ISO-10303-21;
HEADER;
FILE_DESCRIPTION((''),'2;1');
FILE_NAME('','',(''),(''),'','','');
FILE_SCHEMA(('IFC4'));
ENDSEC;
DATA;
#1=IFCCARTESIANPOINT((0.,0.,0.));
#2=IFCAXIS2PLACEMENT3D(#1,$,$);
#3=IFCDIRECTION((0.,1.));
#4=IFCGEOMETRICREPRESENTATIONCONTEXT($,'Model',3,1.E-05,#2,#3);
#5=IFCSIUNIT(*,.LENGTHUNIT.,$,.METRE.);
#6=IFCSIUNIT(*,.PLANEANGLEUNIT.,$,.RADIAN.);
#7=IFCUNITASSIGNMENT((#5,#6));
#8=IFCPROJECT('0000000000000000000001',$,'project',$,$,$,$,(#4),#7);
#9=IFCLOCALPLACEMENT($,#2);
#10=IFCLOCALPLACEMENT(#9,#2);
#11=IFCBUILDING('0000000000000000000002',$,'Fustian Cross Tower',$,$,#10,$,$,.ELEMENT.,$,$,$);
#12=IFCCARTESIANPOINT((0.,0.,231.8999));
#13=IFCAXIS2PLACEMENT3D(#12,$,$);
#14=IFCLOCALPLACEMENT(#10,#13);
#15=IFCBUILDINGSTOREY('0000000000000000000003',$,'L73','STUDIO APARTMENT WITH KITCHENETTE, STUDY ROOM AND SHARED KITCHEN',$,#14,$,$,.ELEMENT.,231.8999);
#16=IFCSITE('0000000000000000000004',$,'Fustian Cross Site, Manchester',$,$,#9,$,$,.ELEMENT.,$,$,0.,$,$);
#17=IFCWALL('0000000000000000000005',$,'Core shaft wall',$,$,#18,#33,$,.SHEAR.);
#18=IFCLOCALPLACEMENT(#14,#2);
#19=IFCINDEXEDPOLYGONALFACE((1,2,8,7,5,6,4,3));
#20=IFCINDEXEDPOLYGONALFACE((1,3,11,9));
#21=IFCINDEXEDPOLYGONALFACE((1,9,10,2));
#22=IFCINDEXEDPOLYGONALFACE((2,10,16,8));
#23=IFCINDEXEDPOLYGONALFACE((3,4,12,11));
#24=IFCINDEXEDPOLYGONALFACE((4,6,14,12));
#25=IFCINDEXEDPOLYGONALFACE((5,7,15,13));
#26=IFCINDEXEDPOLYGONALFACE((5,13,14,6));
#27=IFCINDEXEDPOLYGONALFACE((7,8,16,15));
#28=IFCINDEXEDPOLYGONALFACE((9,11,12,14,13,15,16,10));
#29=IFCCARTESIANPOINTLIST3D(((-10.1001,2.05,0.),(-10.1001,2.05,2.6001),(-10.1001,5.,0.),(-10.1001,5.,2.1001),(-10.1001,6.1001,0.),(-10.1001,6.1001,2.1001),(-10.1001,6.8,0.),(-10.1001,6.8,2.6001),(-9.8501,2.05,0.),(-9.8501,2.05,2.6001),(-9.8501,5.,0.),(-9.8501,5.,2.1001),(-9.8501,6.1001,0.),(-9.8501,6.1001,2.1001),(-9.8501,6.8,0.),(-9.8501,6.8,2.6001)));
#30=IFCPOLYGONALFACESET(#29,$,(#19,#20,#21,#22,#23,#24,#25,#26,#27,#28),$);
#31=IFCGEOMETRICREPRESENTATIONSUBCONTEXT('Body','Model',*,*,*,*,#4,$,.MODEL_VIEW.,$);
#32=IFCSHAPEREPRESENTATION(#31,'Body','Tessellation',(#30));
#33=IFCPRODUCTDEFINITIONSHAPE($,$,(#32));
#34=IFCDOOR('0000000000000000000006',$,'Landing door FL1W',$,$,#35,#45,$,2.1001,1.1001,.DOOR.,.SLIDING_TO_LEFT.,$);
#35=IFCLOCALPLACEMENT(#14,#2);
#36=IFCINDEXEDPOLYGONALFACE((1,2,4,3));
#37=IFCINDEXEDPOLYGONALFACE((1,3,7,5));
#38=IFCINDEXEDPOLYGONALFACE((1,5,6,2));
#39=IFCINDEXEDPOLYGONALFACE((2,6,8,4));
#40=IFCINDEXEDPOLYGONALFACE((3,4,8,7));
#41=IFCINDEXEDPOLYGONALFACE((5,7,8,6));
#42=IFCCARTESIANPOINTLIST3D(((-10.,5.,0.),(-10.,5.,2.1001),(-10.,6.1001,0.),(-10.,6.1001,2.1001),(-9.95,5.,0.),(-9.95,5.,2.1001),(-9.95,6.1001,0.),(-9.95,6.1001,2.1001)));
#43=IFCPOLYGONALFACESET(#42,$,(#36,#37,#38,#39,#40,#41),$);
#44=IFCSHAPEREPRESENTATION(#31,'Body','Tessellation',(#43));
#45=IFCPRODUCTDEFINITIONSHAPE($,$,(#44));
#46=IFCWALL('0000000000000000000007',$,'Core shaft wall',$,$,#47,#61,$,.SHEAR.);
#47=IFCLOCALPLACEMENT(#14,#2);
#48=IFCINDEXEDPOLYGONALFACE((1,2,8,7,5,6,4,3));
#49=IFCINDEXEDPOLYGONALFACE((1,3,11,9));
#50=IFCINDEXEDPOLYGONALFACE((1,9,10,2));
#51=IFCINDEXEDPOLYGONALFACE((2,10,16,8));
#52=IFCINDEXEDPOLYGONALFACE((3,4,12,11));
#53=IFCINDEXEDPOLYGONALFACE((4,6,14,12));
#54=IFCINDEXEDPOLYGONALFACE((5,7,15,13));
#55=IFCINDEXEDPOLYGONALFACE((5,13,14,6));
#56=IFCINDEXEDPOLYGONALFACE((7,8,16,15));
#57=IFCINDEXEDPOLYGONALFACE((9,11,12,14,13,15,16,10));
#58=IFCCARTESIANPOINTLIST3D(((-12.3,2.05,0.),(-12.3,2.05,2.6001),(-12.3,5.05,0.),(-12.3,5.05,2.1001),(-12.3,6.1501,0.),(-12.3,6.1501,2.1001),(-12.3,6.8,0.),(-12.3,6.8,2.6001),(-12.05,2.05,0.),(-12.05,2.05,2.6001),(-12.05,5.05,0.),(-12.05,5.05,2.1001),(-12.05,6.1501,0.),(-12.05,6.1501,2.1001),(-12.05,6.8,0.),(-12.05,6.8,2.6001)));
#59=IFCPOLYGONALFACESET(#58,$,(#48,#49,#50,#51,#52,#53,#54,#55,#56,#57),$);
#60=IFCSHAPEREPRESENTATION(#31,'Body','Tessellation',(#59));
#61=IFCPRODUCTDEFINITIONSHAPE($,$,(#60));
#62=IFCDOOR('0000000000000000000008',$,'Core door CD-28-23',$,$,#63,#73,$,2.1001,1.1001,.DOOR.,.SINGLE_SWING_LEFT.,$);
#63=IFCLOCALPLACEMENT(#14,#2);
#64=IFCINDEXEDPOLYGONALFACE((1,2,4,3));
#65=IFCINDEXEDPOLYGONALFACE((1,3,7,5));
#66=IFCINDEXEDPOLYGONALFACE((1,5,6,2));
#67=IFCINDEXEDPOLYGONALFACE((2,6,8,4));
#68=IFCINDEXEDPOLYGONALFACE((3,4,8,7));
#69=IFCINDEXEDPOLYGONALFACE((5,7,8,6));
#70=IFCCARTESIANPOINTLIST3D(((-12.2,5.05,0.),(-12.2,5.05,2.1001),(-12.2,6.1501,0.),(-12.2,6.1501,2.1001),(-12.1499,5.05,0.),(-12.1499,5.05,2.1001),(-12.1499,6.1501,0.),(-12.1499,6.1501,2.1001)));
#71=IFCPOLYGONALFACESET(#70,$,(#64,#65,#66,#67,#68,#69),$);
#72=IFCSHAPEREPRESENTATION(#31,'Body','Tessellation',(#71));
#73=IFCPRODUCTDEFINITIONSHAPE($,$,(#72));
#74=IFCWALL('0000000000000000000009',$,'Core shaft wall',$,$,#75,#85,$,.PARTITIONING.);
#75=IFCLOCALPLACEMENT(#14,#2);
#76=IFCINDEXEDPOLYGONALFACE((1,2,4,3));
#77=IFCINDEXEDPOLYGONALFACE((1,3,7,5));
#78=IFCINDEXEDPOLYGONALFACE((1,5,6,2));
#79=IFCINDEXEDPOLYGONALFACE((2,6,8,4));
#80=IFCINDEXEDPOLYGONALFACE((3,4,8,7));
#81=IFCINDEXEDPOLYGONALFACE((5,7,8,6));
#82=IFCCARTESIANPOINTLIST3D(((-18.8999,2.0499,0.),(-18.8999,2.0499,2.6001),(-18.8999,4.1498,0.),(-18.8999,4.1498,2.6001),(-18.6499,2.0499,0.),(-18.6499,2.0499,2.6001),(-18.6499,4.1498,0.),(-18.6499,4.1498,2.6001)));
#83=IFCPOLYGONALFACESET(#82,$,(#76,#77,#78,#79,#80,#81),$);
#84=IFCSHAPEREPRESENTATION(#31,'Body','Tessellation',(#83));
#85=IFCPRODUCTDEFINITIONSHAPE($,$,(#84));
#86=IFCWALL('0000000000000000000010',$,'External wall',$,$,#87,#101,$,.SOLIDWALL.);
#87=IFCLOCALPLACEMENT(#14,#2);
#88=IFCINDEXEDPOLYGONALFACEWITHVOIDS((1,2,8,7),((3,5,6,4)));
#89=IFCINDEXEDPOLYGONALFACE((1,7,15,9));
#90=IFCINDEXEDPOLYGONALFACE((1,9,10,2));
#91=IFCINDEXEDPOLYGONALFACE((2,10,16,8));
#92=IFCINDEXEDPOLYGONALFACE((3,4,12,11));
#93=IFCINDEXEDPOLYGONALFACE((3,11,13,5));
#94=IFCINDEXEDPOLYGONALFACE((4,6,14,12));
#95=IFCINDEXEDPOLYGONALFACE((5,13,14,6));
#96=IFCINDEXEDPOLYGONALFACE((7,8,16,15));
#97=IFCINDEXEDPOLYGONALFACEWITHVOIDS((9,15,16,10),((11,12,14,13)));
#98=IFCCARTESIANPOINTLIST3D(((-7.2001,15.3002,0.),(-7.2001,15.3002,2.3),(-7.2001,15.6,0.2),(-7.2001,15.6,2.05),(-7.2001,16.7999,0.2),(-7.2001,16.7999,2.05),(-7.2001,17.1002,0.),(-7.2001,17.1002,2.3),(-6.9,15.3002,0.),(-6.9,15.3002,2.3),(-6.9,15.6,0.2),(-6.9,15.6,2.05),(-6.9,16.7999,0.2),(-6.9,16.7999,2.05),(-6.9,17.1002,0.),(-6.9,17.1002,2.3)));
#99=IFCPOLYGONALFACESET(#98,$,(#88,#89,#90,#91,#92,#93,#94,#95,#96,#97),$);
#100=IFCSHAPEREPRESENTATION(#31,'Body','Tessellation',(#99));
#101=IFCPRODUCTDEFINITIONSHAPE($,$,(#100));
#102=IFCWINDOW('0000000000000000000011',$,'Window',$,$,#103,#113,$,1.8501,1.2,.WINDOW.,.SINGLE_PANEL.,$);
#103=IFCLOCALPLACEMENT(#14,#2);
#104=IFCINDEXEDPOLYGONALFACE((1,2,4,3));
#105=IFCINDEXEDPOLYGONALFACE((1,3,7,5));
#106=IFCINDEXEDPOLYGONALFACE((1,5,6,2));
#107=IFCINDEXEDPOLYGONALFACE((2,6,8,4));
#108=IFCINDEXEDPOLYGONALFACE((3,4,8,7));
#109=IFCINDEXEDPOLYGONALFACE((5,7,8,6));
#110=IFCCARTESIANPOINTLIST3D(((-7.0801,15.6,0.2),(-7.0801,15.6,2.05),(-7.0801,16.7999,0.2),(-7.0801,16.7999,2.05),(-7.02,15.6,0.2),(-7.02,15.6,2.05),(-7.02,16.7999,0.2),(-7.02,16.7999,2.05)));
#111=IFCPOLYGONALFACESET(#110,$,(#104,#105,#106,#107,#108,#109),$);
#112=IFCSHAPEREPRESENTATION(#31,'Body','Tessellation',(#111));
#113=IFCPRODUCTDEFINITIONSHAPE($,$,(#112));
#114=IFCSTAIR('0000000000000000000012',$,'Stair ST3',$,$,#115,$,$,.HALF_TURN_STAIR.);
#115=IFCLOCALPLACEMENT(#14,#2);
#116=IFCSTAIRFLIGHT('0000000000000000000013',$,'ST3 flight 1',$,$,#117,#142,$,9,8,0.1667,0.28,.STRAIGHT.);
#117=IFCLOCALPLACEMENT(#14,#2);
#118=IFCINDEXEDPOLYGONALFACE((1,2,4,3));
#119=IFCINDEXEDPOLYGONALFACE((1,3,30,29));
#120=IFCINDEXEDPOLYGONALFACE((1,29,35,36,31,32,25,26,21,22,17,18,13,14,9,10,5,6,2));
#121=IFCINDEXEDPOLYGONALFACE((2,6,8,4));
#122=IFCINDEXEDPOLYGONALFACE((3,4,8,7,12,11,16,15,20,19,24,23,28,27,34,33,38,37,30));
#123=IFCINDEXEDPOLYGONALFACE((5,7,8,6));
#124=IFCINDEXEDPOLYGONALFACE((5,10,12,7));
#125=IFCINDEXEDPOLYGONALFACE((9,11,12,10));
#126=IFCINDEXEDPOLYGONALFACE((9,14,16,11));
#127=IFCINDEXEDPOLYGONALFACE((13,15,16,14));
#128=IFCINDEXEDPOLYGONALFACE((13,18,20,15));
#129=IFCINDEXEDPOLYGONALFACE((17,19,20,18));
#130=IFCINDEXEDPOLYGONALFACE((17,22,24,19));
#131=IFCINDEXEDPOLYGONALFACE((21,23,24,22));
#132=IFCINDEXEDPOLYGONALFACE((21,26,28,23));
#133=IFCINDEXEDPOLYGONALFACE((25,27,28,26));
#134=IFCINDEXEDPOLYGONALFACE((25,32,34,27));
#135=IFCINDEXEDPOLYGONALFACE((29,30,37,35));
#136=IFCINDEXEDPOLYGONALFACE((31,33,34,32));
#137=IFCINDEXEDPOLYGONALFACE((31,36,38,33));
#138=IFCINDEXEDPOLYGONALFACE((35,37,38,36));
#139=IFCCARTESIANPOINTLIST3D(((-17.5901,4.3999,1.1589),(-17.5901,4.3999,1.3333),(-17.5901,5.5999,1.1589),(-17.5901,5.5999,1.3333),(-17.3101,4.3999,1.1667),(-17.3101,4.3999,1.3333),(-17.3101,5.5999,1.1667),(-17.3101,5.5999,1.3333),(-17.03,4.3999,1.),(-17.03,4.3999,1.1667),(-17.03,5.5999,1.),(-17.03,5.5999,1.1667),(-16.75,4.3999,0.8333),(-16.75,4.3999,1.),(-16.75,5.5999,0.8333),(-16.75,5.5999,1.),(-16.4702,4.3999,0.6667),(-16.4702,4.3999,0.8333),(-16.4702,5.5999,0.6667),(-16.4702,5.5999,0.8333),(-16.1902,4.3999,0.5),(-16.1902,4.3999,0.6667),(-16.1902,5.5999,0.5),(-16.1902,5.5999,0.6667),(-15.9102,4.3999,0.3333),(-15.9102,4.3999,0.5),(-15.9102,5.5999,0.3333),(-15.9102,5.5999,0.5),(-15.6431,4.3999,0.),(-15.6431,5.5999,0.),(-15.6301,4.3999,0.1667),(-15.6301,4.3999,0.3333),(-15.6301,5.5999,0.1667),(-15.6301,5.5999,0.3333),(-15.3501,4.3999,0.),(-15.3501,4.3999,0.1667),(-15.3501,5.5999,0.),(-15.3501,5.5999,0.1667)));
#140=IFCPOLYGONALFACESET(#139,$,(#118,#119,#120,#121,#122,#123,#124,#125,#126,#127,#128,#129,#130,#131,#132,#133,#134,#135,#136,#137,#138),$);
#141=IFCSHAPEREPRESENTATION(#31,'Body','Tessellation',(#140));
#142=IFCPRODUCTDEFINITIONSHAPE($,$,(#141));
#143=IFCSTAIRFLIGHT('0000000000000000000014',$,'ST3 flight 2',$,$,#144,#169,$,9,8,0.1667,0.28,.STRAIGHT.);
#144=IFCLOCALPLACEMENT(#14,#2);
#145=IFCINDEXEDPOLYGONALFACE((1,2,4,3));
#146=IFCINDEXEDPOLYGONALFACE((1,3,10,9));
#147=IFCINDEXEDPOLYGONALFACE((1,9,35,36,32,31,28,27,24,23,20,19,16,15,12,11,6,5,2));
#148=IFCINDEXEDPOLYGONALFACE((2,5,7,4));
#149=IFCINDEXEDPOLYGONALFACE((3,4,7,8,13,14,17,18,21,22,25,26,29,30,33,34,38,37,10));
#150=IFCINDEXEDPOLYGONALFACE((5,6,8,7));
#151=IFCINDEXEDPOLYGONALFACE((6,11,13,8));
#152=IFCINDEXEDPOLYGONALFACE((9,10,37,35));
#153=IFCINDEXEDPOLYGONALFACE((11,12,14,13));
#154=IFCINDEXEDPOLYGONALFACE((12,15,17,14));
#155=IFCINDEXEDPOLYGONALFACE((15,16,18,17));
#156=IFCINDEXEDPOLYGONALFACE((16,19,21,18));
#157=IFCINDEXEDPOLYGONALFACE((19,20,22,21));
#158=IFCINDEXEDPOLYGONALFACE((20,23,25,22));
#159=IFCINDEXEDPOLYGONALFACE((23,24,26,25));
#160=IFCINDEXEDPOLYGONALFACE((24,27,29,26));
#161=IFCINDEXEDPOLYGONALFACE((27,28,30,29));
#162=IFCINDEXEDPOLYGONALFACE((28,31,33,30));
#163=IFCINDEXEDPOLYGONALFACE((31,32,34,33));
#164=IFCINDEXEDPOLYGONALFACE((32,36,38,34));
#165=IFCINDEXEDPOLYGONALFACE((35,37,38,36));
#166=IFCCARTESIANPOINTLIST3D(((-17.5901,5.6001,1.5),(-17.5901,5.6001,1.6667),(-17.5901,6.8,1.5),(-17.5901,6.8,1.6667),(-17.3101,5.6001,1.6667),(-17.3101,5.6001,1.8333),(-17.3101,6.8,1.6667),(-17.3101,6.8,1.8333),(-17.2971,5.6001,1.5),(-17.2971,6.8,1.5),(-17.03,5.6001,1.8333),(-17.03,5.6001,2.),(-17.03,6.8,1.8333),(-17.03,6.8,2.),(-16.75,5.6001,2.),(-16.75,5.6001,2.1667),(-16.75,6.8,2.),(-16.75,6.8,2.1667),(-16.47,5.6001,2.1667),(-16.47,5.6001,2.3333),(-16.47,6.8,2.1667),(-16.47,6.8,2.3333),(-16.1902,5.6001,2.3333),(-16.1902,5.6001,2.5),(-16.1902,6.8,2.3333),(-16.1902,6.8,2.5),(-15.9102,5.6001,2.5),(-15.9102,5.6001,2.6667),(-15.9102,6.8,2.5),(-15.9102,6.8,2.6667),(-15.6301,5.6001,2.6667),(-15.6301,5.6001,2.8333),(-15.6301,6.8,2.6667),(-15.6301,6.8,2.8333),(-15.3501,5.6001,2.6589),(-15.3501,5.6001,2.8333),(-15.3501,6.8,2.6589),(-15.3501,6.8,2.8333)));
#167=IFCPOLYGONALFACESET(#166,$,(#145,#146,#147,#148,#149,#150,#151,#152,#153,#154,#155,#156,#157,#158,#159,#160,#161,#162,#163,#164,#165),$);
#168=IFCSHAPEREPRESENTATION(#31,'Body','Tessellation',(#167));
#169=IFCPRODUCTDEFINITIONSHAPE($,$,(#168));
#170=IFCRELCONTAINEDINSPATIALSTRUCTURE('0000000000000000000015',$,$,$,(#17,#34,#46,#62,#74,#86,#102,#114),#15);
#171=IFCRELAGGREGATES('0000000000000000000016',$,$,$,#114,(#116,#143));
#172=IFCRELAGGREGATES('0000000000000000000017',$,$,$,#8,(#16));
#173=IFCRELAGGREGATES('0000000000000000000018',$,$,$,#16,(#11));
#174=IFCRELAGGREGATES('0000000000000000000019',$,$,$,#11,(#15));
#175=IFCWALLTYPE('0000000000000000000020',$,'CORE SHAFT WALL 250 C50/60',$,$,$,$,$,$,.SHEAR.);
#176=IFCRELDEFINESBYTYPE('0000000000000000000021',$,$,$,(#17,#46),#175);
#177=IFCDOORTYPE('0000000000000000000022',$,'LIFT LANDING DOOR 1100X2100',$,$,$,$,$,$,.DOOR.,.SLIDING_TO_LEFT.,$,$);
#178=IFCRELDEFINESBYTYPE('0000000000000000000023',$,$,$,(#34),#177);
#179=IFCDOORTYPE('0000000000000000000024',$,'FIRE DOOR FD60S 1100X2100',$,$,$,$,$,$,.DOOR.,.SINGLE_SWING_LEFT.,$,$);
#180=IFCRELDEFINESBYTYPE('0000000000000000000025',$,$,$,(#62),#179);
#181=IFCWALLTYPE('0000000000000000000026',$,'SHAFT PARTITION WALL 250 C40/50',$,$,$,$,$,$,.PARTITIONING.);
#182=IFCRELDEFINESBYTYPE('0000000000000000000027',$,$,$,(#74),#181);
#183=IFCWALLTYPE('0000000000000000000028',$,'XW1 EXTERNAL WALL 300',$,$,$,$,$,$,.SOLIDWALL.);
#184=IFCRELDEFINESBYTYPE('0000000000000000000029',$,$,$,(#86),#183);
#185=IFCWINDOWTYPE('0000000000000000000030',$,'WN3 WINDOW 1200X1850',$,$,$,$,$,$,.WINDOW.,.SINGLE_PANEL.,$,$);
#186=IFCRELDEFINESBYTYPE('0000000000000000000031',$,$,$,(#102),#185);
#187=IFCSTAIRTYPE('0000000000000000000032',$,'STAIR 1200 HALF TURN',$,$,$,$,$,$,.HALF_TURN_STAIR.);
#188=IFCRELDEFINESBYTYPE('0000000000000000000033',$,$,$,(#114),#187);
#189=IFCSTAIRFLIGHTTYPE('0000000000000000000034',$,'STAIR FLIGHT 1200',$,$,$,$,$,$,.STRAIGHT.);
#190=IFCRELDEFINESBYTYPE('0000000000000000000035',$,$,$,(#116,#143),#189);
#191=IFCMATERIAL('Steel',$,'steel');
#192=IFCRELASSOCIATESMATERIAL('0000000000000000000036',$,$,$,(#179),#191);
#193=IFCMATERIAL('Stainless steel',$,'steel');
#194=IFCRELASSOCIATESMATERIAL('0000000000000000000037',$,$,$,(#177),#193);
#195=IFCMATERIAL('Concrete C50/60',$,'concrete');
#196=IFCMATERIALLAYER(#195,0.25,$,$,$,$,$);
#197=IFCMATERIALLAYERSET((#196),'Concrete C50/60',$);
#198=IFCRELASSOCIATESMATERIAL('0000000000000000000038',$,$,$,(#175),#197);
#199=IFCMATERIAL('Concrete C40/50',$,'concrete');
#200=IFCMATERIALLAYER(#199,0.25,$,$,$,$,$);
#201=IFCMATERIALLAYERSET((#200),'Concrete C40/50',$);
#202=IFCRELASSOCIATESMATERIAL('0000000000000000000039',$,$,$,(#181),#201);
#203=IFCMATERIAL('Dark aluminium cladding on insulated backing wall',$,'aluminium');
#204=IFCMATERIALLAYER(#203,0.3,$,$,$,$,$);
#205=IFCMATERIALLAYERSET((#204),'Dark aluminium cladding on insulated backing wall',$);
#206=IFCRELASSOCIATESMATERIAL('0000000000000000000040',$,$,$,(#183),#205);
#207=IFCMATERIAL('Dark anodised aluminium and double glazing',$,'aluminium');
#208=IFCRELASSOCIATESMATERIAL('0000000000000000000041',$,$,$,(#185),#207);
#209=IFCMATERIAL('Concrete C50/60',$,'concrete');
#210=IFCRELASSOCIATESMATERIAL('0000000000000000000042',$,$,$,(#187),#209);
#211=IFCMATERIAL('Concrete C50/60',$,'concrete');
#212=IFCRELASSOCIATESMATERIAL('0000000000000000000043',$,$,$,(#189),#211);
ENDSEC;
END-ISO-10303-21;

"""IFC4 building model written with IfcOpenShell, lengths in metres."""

from ifc_helpers import new_model, si_unit, direction, frame, frame_2d, origin, place, context, subcontext, project, spatial, polyline, rectangle, outline, extrude, material, layer, layer_set, type_object, element, fill, aggregate, save


model = new_model("IFC4")

# Units and contexts
model_context = context("Model", 3, precision=1e-05, world=origin(), true_north=direction((0.0, 1.0)))
body_context = subcontext(model_context, "Body", "Model", "MODEL_VIEW")
ifc_project = project(units=[si_unit("LENGTHUNIT", "METRE"), si_unit("PLANEANGLEUNIT", "RADIAN")], contexts=[model_context])

# Site, building, storey
site_placement = place(None, origin())
site = spatial("IfcSite", under=ifc_project, at=site_placement, Name="Fustian Cross Site, Manchester", CompositionType="ELEMENT", RefElevation=0.0)
building_placement = place(site_placement, origin())
building = spatial("IfcBuilding", under=site, at=building_placement, Name="Fustian Cross Tower", CompositionType="ELEMENT")
storey_placement = place(building_placement, frame((0.0, 0.0, 231.8999)))
storey = spatial("IfcBuildingStorey", under=building, at=storey_placement, Name="L73", Description="STUDIO APARTMENT WITH KITCHENETTE, STUDY ROOM AND SHARED KITCHEN", CompositionType="ELEMENT", Elevation=231.8999)

# Shared definitions
ifc_material_1 = material(Name="Steel", Category="steel")
door_type_1 = type_object("IfcDoorType", Name="FIRE DOOR FD60S 1100X2100", OperationType="SINGLE_SWING_LEFT", PredefinedType="DOOR", material=ifc_material_1)
ifc_material_2 = material(Name="Stainless steel", Category="steel")
door_type_2 = type_object("IfcDoorType", Name="LIFT LANDING DOOR 1100X2100", OperationType="SLIDING_TO_LEFT", PredefinedType="DOOR", material=ifc_material_2)

# Shared definitions
ifc_material_3 = material(Name="Concrete C50/60", Category="concrete")
ifc_layer_1 = layer(ifc_material_3, 0.25)
ifc_layer_set_1 = layer_set([ifc_layer_1], Name="Concrete C50/60")
wall_type_1 = type_object("IfcWallType", Name="CORE SHAFT WALL 250 C50/60", PredefinedType="SHEAR", material=ifc_layer_set_1)

# Walls, openings, doors
wall_1_placement = place(storey_placement, frame((-9.9751, 2.05, 0.0), z_axis=(0.0, 0.0, 1.0), x_axis=(0.0, 1.0, 0.0)))
wall_1 = element("IfcWall", 1, at=wall_1_placement, inside=storey, type_object=wall_type_1, Name="Core shaft wall", PredefinedType="SHEAR", context=body_context, shape_type="SweptSolid", body=[
    extrude(rectangle(XDim=4.75, YDim=0.25, at=frame_2d((2.375, 0.0))), origin(), (0.0, 0.0, 1.0), 2.6001),
])
opening_1_placement = place(wall_1_placement, frame((2.95, 0.0, 0.0)))
opening_1 = element("IfcOpeningElement", 2, at=opening_1_placement, cuts=wall_1, PredefinedType="OPENING", context=body_context, shape_type="SweptSolid", body=[
    extrude(rectangle(XDim=1.1001, YDim=2.1001, at=frame_2d((0.55, 1.05))), frame((0.0, 0.135, 0.0), z_axis=(0.0, -1.0, 0.0), x_axis=(1.0, 0.0, 0.0)), (0.0, 0.0, 1.0), 0.27),
])
door_1_placement = place(opening_1_placement, origin())
door_1 = element("IfcDoor", 3, at=door_1_placement, inside=storey, type_object=door_type_2, Name="Landing door FL1W", OperationType="SLIDING_TO_LEFT", OverallHeight=2.1001, OverallWidth=1.1001, PredefinedType="DOOR", context=body_context, shape_type="SweptSolid", body=[
    extrude(rectangle(XDim=1.1001, YDim=2.1001, at=frame_2d((0.55, 1.05))), frame((0.0, 0.0249, 0.0), z_axis=(0.0, -1.0, 0.0), x_axis=(1.0, 0.0, 0.0)), (0.0, 0.0, 1.0), 0.05),
])
fill(opening_1, door_1)
wall_2_placement = place(storey_placement, frame((-12.175, 2.05, 0.0), z_axis=(0.0, 0.0, 1.0), x_axis=(0.0, 1.0, 0.0)))
wall_2 = element("IfcWall", 4, at=wall_2_placement, inside=storey, type_object=wall_type_1, Name="Core shaft wall", PredefinedType="SHEAR", context=body_context, shape_type="SweptSolid", body=[
    extrude(rectangle(XDim=4.75, YDim=0.25, at=frame_2d((2.375, 0.0))), origin(), (0.0, 0.0, 1.0), 2.6001),
])
opening_2_placement = place(wall_2_placement, frame((3.0, 0.0, 0.0)))
opening_2 = element("IfcOpeningElement", 5, at=opening_2_placement, cuts=wall_2, PredefinedType="OPENING", context=body_context, shape_type="SweptSolid", body=[
    extrude(rectangle(XDim=1.1001, YDim=2.1001, at=frame_2d((0.55, 1.05))), frame((0.0, 0.135, 0.0), z_axis=(0.0, -1.0, 0.0), x_axis=(1.0, 0.0, 0.0)), (0.0, 0.0, 1.0), 0.27),
])
door_2_placement = place(opening_2_placement, origin())
door_2 = element("IfcDoor", 6, at=door_2_placement, inside=storey, type_object=door_type_1, Name="Core door CD-28-23", OperationType="SINGLE_SWING_LEFT", OverallHeight=2.1001, OverallWidth=1.1001, PredefinedType="DOOR", context=body_context, shape_type="SweptSolid", body=[
    extrude(rectangle(XDim=1.1001, YDim=2.1001, at=frame_2d((0.55, 1.05))), frame((0.0, 0.0249, 0.0), z_axis=(0.0, -1.0, 0.0), x_axis=(1.0, 0.0, 0.0)), (0.0, 0.0, 1.0), 0.05),
])
fill(opening_2, door_2)

# Wall
ifc_material_4 = material(Name="Concrete C40/50", Category="concrete")
ifc_layer_2 = layer(ifc_material_4, 0.25)
ifc_layer_set_2 = layer_set([ifc_layer_2], Name="Concrete C40/50")
wall_type_2 = type_object("IfcWallType", Name="SHAFT PARTITION WALL 250 C40/50", PredefinedType="PARTITIONING", material=ifc_layer_set_2)
wall_3_placement = place(storey_placement, frame((-18.7749, 2.05, 0.0), z_axis=(0.0, 0.0, 1.0), x_axis=(0.0, 1.0, 0.0)))
element("IfcWall", 7, at=wall_3_placement, inside=storey, type_object=wall_type_2, Name="Core shaft wall", PredefinedType="PARTITIONING", context=body_context, shape_type="SweptSolid", body=[
    extrude(rectangle(XDim=2.0999, YDim=0.25, at=frame_2d((1.0498, 0.0))), origin(), (0.0, 0.0, 1.0), 2.6001),
])

# Wall, opening, window
ifc_material_5 = material(Name="Dark aluminium cladding on insulated backing wall", Category="aluminium")
ifc_layer_3 = layer(ifc_material_5, 0.3)
ifc_layer_set_3 = layer_set([ifc_layer_3], Name="Dark aluminium cladding on insulated backing wall")
wall_type_3 = type_object("IfcWallType", Name="XW1 EXTERNAL WALL 300", PredefinedType="SOLIDWALL", material=ifc_layer_set_3)
wall_4_placement = place(storey_placement, frame((-7.05, 17.1001, 0.0), z_axis=(0.0, 0.0, 1.0), x_axis=(0.0, -1.0, 0.0)))
wall_4 = element("IfcWall", 8, at=wall_4_placement, inside=storey, type_object=wall_type_3, Name="External wall", PredefinedType="SOLIDWALL", context=body_context, shape_type="SweptSolid", body=[
    extrude(rectangle(XDim=1.8, YDim=0.3, at=frame_2d((0.8999, 0.0))), origin(), (0.0, 0.0, 1.0), 2.3),
])
opening_3_placement = place(wall_4_placement, frame((0.3, 0.0, 0.2)))
opening_3 = element("IfcOpeningElement", 9, at=opening_3_placement, cuts=wall_4, PredefinedType="OPENING", context=body_context, shape_type="SweptSolid", body=[
    extrude(rectangle(XDim=1.2, YDim=1.8501, at=frame_2d((0.6001, 0.925))), frame((0.0, 0.1599, 0.0), z_axis=(0.0, -1.0, 0.0), x_axis=(1.0, 0.0, 0.0)), (0.0, 0.0, 1.0), 0.3201),
])
ifc_material_6 = material(Name="Dark anodised aluminium and double glazing", Category="aluminium")
window_type = type_object("IfcWindowType", Name="WN3 WINDOW 1200X1850", PartitioningType="SINGLE_PANEL", PredefinedType="WINDOW", material=ifc_material_6)
window_placement = place(opening_3_placement, origin())
window = element("IfcWindow", 10, at=window_placement, inside=storey, type_object=window_type, Name="Window", OverallHeight=1.8501, OverallWidth=1.2, PartitioningType="SINGLE_PANEL", PredefinedType="WINDOW", context=body_context, shape_type="SweptSolid", body=[
    extrude(rectangle(XDim=1.2, YDim=1.8501, at=frame_2d((0.6001, 0.925))), frame((0.0, 0.03, 0.0), z_axis=(0.0, -1.0, 0.0), x_axis=(1.0, 0.0, 0.0)), (0.0, 0.0, 1.0), 0.0601),
])
fill(opening_3, window)

# Stair, stair flights
ifc_material_7 = material(Name="Concrete C50/60", Category="concrete")
stair_type = type_object("IfcStairType", Name="STAIR 1200 HALF TURN", PredefinedType="HALF_TURN_STAIR", material=ifc_material_7)
stair_placement = place(storey_placement, origin())
stair = element("IfcStair", 11, at=stair_placement, inside=storey, type_object=stair_type, Name="Stair ST3", PredefinedType="HALF_TURN_STAIR")
ifc_material_8 = material(Name="Concrete C50/60", Category="concrete")
stair_flight_type = type_object("IfcStairFlightType", Name="STAIR FLIGHT 1200", PredefinedType="STRAIGHT", material=ifc_material_8)
stair_flight_1_placement = place(storey_placement, frame((-15.3501, 5.0, 0.0), z_axis=(0.0, 0.0, 1.0), x_axis=(-1.0, 0.0, 0.0)))
stair_flight_1 = element("IfcStairFlight", 12, at=stair_flight_1_placement, type_object=stair_flight_type, Name="ST3 flight 1", NumberOfRisers=9, NumberOfTreads=8, PredefinedType="STRAIGHT", RiserHeight=0.1667, TreadLength=0.28, context=body_context, shape_type="SweptSolid", body=[
    extrude(outline(polyline([(0.0, 0.0), (0.0, 0.1667), (0.28, 0.1667), (0.28, 0.3333), (0.5601, 0.3333), (0.5601, 0.5), (0.8401, 0.5), (0.8401, 0.6667), (1.1201, 0.6667), (1.1201, 0.8333), (1.3999, 0.8333), (1.3999, 1.0), (1.6799, 1.0), (1.6799, 1.1667), (1.96, 1.1667), (1.96, 1.3333), (2.24, 1.3333), (2.24, 1.5), (2.24, 1.1589), (0.293, 0.0), (0.0, 0.0)])), frame((0.0, 0.6001, 0.0), z_axis=(0.0, -1.0, 0.0), x_axis=(1.0, 0.0, 0.0)), (0.0, 0.0, 1.0), 1.2),
])
stair_flight_2_placement = place(storey_placement, frame((-17.5901, 6.2, 1.5), z_axis=(0.0, 0.0, 1.0), x_axis=(1.0, 0.0, 0.0)))
stair_flight_2 = element("IfcStairFlight", 13, at=stair_flight_2_placement, type_object=stair_flight_type, Name="ST3 flight 2", NumberOfRisers=9, NumberOfTreads=8, PredefinedType="STRAIGHT", RiserHeight=0.1667, TreadLength=0.28, context=body_context, shape_type="SweptSolid", body=[
    extrude(outline(polyline([(0.0, 0.0), (0.0, 0.1667), (0.28, 0.1667), (0.28, 0.3333), (0.5601, 0.3333), (0.5601, 0.5), (0.8401, 0.5), (0.8401, 0.6667), (1.1201, 0.6667), (1.1201, 0.8333), (1.3999, 0.8333), (1.3999, 1.0), (1.6799, 1.0), (1.6799, 1.1667), (1.96, 1.1667), (1.96, 1.3333), (2.24, 1.3333), (2.24, 1.5), (2.24, 1.1589), (0.293, 0.0), (0.0, 0.0)])), frame((0.0, 0.6001, 0.0), z_axis=(0.0, -1.0, 0.0), x_axis=(1.0, 0.0, 0.0)), (0.0, 0.0, 1.0), 1.2),
])
aggregate(stair, [stair_flight_1, stair_flight_2])

save(model, "model.ifc")
